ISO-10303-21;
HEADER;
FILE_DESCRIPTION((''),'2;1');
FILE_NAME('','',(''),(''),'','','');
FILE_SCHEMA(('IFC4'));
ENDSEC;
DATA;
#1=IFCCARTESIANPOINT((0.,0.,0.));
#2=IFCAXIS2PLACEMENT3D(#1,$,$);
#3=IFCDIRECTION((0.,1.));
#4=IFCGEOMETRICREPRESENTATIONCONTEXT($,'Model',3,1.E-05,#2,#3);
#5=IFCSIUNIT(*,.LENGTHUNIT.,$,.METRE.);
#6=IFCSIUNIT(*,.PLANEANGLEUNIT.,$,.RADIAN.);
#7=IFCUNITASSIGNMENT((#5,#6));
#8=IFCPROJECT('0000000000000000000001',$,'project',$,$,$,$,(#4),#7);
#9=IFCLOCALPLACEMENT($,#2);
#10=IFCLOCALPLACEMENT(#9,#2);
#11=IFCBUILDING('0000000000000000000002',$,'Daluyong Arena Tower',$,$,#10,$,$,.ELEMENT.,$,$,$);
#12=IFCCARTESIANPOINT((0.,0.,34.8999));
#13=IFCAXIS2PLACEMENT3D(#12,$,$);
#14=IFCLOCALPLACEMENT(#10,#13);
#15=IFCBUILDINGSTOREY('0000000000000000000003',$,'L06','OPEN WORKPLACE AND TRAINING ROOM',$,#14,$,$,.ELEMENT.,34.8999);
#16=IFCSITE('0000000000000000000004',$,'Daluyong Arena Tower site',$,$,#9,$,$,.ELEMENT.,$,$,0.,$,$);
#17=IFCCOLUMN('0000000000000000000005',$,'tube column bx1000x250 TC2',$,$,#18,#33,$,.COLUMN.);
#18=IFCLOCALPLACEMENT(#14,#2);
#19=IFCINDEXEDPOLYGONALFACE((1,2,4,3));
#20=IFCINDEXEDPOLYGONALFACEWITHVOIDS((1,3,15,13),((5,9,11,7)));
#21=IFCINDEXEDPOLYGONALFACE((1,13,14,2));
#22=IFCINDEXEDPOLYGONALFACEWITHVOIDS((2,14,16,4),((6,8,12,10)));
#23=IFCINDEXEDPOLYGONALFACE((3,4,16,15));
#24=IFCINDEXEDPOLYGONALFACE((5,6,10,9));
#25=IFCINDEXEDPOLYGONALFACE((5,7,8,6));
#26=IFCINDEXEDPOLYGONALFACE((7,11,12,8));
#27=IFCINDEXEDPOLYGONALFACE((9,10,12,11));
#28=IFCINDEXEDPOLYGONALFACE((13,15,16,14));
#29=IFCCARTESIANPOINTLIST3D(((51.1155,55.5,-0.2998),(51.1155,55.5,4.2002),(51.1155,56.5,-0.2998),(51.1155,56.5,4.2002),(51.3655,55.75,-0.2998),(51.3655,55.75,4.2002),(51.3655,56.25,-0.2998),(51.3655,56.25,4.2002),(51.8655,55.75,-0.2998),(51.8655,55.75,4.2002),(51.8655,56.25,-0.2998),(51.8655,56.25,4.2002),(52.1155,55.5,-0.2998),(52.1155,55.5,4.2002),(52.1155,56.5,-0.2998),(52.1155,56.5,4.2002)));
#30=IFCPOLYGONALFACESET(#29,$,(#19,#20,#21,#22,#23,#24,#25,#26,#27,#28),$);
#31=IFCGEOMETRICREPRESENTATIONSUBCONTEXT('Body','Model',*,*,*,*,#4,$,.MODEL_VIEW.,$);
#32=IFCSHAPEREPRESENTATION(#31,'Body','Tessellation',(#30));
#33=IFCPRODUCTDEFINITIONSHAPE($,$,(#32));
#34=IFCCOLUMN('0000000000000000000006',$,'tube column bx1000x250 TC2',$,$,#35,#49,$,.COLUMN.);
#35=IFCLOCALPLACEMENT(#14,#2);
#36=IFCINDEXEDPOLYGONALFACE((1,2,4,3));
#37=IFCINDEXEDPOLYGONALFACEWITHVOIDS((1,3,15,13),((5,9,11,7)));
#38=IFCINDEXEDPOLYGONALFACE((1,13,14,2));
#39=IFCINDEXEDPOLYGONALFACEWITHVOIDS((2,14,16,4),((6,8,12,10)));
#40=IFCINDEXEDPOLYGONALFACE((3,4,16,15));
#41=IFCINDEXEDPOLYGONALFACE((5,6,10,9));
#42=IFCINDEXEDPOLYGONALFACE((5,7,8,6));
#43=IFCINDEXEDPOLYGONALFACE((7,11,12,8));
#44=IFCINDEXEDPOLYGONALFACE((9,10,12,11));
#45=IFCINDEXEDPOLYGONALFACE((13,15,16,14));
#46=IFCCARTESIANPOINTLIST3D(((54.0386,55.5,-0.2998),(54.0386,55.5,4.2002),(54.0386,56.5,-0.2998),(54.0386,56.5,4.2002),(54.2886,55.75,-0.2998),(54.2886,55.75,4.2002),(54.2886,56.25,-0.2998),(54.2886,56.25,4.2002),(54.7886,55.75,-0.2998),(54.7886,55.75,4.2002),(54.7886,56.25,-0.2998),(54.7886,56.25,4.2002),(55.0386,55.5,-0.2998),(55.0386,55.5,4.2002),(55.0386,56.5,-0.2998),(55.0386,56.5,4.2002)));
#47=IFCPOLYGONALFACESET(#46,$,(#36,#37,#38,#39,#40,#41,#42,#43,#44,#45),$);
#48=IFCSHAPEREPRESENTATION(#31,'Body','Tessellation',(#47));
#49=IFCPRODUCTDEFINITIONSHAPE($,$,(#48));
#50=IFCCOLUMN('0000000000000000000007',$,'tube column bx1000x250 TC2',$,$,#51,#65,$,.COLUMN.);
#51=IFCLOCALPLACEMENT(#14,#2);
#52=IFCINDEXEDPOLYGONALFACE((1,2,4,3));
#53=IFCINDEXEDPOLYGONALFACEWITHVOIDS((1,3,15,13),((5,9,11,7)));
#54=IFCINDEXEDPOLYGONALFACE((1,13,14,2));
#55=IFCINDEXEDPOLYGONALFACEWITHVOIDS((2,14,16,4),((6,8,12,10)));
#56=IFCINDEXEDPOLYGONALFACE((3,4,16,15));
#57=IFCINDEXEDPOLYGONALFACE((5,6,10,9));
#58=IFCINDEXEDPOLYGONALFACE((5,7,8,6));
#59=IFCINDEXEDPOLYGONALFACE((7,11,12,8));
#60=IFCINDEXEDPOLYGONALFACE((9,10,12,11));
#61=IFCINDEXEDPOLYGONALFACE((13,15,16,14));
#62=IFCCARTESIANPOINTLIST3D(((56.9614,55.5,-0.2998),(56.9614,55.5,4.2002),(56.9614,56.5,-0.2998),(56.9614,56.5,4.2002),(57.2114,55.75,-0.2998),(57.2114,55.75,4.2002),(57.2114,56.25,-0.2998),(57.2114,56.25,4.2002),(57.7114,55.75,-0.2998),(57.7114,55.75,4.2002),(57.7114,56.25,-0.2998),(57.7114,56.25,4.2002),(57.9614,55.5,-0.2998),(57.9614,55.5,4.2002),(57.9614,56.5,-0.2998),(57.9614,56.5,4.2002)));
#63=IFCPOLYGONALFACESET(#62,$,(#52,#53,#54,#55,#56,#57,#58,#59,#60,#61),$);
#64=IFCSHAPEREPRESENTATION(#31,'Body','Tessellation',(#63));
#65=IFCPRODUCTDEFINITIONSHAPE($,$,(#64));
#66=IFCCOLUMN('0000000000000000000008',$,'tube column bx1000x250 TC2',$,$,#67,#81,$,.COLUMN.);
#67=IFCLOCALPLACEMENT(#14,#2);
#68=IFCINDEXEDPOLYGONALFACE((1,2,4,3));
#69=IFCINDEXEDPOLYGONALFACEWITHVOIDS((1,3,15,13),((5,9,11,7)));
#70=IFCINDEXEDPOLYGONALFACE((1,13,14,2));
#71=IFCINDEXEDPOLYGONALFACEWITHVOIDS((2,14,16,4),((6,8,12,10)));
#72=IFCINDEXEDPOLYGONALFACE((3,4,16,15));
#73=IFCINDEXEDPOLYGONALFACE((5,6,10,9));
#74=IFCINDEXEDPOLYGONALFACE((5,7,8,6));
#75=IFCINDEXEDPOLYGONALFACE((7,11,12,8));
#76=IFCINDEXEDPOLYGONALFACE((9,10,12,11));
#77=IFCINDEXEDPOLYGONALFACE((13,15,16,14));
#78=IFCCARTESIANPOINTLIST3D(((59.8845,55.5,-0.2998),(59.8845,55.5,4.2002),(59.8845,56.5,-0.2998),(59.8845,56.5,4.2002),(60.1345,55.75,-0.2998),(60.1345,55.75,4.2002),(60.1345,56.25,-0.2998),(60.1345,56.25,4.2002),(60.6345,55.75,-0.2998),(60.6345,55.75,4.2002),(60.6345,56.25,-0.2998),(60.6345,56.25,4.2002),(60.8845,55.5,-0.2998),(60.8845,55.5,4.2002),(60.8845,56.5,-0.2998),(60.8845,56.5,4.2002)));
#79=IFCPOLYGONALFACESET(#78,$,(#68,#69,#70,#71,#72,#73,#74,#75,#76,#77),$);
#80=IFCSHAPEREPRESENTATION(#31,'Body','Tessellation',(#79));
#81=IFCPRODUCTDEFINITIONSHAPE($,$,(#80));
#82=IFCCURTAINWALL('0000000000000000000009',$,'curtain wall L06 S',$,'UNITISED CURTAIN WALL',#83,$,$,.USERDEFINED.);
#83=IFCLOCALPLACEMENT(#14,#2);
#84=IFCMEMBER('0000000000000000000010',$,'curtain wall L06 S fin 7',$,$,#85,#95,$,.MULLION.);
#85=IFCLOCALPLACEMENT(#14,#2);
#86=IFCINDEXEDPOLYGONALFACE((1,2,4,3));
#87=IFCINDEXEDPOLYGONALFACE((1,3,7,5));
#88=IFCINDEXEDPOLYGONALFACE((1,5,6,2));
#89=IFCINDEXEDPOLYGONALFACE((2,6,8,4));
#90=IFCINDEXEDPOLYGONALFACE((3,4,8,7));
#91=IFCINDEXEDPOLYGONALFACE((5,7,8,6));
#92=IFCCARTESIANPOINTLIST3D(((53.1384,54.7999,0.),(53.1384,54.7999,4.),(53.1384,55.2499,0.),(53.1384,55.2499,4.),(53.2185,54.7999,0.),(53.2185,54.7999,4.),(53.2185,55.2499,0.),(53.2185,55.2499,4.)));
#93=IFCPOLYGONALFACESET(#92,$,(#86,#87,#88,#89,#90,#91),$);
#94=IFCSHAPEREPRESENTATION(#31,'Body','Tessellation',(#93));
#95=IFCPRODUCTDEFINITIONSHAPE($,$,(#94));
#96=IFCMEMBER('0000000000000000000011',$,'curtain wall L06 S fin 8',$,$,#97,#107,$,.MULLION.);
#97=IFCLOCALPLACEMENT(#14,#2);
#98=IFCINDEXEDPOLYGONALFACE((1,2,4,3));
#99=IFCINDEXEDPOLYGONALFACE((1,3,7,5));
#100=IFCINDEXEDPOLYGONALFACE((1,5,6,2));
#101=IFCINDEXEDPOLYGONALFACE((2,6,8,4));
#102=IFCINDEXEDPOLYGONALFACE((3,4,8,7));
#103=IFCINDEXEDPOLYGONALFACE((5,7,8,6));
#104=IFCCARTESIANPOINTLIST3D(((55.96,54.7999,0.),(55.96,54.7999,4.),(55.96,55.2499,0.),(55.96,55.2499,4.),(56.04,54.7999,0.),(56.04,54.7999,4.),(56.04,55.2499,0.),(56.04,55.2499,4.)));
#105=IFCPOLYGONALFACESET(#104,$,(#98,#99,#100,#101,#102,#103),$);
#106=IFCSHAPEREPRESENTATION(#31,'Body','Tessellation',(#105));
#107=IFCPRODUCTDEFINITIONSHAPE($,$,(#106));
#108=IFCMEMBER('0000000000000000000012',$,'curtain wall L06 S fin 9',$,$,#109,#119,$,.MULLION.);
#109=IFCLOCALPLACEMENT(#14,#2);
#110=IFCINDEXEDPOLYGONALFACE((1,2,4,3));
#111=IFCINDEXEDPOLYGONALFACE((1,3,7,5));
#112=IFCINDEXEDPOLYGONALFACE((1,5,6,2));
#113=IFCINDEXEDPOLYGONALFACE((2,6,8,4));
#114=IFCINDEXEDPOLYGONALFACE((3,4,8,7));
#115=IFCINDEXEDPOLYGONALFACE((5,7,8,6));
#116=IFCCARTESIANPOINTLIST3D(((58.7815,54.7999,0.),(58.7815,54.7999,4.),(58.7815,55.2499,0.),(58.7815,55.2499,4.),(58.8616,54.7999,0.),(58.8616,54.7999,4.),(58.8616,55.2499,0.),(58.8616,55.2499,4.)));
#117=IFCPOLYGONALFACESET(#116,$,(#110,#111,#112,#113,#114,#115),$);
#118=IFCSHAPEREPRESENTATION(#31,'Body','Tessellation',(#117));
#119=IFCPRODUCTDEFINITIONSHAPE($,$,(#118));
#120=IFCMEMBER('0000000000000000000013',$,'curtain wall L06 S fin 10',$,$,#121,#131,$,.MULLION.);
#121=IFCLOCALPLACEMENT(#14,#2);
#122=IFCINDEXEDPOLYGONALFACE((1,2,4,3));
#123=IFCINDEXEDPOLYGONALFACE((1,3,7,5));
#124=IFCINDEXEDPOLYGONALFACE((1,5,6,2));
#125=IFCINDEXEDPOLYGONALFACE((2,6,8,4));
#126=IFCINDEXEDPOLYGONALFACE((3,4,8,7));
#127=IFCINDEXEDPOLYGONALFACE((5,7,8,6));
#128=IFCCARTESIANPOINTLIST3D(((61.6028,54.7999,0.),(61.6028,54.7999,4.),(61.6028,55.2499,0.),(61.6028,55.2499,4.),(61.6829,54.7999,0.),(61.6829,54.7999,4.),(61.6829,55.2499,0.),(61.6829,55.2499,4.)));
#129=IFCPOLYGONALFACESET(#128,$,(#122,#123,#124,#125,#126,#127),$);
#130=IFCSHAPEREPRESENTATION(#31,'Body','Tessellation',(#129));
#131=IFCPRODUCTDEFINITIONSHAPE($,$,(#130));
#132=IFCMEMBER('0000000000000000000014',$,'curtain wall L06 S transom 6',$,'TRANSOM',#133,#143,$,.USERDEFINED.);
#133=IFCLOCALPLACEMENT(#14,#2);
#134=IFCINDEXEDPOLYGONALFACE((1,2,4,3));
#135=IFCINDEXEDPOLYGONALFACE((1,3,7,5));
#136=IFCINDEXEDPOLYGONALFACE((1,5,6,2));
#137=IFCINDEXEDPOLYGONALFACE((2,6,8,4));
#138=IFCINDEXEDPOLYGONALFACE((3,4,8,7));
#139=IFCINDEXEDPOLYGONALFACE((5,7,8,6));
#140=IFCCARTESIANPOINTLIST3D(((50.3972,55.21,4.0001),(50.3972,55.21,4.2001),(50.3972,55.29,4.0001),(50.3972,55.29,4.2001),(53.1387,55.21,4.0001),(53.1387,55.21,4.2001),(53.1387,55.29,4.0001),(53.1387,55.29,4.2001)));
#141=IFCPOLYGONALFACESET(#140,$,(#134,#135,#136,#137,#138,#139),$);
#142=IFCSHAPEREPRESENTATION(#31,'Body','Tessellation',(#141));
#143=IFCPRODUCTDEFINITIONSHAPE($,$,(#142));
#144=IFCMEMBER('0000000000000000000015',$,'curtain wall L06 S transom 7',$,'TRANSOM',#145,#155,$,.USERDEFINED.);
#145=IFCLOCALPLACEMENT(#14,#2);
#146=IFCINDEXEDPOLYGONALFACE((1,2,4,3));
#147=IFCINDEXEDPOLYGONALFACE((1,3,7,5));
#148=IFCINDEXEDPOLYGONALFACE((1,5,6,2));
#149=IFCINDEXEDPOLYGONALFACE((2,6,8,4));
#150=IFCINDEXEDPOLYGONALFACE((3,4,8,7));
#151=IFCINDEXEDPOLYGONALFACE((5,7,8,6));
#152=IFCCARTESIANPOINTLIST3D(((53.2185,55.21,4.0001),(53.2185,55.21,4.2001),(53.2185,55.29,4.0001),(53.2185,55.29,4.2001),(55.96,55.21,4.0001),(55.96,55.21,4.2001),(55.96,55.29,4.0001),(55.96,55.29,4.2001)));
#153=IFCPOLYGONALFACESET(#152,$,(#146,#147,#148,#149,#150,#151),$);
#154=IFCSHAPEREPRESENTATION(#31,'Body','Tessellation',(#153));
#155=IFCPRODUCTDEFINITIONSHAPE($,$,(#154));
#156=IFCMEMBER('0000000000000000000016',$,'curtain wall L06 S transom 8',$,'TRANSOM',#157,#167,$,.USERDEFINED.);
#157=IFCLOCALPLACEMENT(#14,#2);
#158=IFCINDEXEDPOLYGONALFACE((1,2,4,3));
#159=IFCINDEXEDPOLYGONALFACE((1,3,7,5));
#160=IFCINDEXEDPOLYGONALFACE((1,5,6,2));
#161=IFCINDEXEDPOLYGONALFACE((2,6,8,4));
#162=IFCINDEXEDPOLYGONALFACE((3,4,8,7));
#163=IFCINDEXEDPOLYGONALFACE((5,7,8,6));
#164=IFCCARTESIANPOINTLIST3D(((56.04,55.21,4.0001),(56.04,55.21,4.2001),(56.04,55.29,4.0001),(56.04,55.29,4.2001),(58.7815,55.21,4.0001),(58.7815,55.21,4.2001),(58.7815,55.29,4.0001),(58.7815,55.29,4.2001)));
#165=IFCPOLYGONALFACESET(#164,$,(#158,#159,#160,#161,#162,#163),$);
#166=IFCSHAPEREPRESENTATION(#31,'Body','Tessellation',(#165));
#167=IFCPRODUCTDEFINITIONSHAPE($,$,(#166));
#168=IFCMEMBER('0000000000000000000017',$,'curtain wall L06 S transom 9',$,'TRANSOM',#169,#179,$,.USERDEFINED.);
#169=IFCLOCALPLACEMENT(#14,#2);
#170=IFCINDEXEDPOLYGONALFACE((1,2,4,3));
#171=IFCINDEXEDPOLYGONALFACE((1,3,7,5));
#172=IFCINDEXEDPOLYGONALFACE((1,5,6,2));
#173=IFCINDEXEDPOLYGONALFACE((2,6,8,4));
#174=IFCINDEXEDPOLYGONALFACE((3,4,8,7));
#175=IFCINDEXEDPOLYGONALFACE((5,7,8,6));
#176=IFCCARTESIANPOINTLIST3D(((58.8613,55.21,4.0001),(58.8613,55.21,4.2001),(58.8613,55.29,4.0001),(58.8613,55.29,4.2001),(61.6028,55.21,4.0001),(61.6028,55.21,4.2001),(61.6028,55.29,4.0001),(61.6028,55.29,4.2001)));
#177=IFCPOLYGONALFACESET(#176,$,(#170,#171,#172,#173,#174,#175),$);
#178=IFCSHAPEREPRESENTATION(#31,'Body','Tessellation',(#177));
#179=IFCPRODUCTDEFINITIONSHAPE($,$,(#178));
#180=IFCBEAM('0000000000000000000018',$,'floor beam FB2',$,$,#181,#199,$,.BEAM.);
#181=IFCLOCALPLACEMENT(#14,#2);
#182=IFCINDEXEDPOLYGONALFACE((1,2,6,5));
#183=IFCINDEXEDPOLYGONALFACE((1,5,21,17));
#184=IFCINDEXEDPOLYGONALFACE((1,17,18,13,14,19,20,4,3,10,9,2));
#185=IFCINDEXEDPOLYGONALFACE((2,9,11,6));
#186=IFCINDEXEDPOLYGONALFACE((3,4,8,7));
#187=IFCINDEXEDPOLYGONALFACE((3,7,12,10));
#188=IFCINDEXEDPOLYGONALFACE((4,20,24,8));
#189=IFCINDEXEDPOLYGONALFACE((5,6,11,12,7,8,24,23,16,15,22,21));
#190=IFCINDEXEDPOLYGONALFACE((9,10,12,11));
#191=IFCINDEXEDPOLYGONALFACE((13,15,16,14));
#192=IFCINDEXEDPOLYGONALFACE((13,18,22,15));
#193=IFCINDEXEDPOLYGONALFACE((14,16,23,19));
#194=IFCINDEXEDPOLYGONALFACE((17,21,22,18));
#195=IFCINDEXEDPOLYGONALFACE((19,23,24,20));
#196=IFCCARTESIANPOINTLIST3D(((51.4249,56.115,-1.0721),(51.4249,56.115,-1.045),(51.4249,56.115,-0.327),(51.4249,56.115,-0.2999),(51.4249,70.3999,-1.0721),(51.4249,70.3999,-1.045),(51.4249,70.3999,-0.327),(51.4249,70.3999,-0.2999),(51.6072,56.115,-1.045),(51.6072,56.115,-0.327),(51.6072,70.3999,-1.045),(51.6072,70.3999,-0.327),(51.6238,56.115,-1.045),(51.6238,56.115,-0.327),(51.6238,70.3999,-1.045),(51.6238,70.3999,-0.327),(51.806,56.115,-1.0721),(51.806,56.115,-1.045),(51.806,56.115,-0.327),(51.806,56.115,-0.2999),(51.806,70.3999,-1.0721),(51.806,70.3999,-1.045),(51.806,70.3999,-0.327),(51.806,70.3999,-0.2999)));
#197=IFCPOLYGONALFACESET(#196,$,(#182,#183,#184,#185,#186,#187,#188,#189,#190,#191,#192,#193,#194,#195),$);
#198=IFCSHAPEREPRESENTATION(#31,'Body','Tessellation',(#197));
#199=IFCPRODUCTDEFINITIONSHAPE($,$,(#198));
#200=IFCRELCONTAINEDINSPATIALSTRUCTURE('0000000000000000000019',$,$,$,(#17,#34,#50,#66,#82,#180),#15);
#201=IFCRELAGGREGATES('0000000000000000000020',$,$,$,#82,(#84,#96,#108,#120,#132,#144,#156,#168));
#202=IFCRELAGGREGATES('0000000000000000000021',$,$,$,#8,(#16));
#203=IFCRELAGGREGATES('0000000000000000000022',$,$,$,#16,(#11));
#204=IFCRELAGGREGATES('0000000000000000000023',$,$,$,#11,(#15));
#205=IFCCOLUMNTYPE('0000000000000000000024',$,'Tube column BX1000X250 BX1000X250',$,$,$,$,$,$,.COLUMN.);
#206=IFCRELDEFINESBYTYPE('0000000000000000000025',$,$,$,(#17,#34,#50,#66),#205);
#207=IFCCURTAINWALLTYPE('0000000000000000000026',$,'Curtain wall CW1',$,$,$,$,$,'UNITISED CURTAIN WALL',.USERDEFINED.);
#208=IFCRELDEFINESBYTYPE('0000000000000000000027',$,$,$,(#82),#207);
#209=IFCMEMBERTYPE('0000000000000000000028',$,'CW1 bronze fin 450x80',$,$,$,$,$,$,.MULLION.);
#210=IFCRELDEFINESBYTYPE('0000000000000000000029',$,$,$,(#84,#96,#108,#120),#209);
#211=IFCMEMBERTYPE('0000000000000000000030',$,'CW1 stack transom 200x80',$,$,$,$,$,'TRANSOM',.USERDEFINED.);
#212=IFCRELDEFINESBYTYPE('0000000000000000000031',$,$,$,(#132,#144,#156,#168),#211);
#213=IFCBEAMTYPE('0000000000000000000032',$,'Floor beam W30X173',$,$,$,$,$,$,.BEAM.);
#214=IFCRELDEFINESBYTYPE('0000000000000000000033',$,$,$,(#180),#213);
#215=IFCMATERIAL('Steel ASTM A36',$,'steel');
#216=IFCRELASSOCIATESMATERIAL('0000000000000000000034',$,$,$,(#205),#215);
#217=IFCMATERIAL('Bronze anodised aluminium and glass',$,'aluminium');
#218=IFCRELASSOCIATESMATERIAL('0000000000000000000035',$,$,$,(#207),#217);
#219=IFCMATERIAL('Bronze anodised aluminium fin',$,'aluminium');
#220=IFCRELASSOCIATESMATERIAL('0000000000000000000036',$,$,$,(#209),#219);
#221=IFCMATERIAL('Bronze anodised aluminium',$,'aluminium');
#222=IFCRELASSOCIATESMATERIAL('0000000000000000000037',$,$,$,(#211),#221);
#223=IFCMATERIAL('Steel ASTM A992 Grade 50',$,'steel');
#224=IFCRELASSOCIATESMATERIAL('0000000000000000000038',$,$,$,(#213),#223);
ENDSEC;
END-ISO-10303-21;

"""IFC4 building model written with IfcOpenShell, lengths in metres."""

from ifc_helpers import new_model, si_unit, direction, frame, origin, origin_2d, place, context, subcontext, project, spatial, rectangle, hollow_rectangle, i_section, extrude, material, material_profile, profile_set, type_object, element, aggregate, save


model = new_model("IFC4")

# Units and contexts
model_context = context("Model", 3, precision=1e-05, world=origin(), true_north=direction((0.0, 1.0)))
body_context = subcontext(model_context, "Body", "Model", "MODEL_VIEW")
ifc_project = project(units=[si_unit("LENGTHUNIT", "METRE"), si_unit("PLANEANGLEUNIT", "RADIAN")], contexts=[model_context])

# Site, building, storey
site_placement = place(None, origin())
site = spatial("IfcSite", under=ifc_project, at=site_placement, Name="Daluyong Arena Tower site", CompositionType="ELEMENT", RefElevation=0.0)
building_placement = place(site_placement, origin())
building = spatial("IfcBuilding", under=site, at=building_placement, Name="Daluyong Arena Tower", CompositionType="ELEMENT")
storey_placement = place(building_placement, frame((0.0, 0.0, 34.8999)))
storey = spatial("IfcBuildingStorey", under=building, at=storey_placement, Name="L06", Description="OPEN WORKPLACE AND TRAINING ROOM", CompositionType="ELEMENT", Elevation=34.8999)

# Columns
ifc_material_1 = material(Name="Steel ASTM A36", Category="steel")
ifc_material_profile_1 = material_profile(ifc_material_1, hollow_rectangle(XDim=1.0, YDim=1.0, WallThickness=0.25, at=origin_2d()))
ifc_profile_set_1 = profile_set([ifc_material_profile_1], Name="Steel ASTM A36")
column_type = type_object("IfcColumnType", Name="Tube column BX1000X250 BX1000X250", PredefinedType="COLUMN", material=ifc_profile_set_1)
for number, where, z_axis, x_axis, name in (
    (1, (51.6155, 56.0, -0.2998), (0.0, 0.0, 1.0), (1.0, 0.0, 0.0), "tube column bx1000x250 TC2"),
    (2, (54.5386, 56.0, -0.2998), (0.0, 0.0, 1.0), (1.0, 0.0, 0.0), "tube column bx1000x250 TC2"),
    (3, (57.4614, 56.0, -0.2998), (0.0, 0.0, 1.0), (1.0, 0.0, 0.0), "tube column bx1000x250 TC2"),
    (4, (60.3845, 56.0, -0.2998), (0.0, 0.0, 1.0), (1.0, 0.0, 0.0), "tube column bx1000x250 TC2"),
):
    element("IfcColumn", number, at=place(storey_placement, frame(where, z_axis=z_axis, x_axis=x_axis)), inside=storey, type_object=column_type, Name=name, PredefinedType="COLUMN", context=body_context, shape_type="SweptSolid", body=[
        extrude(hollow_rectangle(XDim=1.0, YDim=1.0, WallThickness=0.25, at=origin_2d()), origin(), (0.0, 0.0, 1.0), 4.5),
    ])

# Curtain wall, members
ifc_material_2 = material(Name="Bronze anodised aluminium and glass", Category="aluminium")
curtain_wall_type = type_object("IfcCurtainWallType", Name="Curtain wall CW1", ElementType="UNITISED CURTAIN WALL", PredefinedType="USERDEFINED", material=ifc_material_2)
curtain_wall_placement = place(storey_placement, origin())
curtain_wall = element("IfcCurtainWall", 5, at=curtain_wall_placement, inside=storey, type_object=curtain_wall_type, Name="curtain wall L06 S", ObjectType="UNITISED CURTAIN WALL", PredefinedType="USERDEFINED")
ifc_material_3 = material(Name="Bronze anodised aluminium fin", Category="aluminium")
ifc_material_profile_2 = material_profile(ifc_material_3, rectangle(XDim=0.45, YDim=0.0801, at=origin_2d()))
ifc_profile_set_2 = profile_set([ifc_material_profile_2], Name="Bronze anodised aluminium fin")
member_type_1 = type_object("IfcMemberType", Name="CW1 bronze fin 450x80", PredefinedType="MULLION", material=ifc_profile_set_2)
member_1_placement = place(storey_placement, frame((53.1785, 55.0249, 0.0), z_axis=(0.0, 0.0, 1.0), x_axis=(0.0, 1.0, 0.0)))
member_1 = element("IfcMember", 6, at=member_1_placement, type_object=member_type_1, Name="curtain wall L06 S fin 7", PredefinedType="MULLION", context=body_context, shape_type="SweptSolid", body=[
    extrude(rectangle(XDim=0.45, YDim=0.0801, at=origin_2d()), origin(), (0.0, 0.0, 1.0), 4.0),
])
member_2_placement = place(storey_placement, frame((56.0, 55.0249, 0.0), z_axis=(0.0, 0.0, 1.0), x_axis=(0.0, 1.0, 0.0)))
member_2 = element("IfcMember", 7, at=member_2_placement, type_object=member_type_1, Name="curtain wall L06 S fin 8", PredefinedType="MULLION", context=body_context, shape_type="SweptSolid", body=[
    extrude(rectangle(XDim=0.45, YDim=0.0801, at=origin_2d()), origin(), (0.0, 0.0, 1.0), 4.0),
])
member_3_placement = place(storey_placement, frame((58.8215, 55.0249, 0.0), z_axis=(0.0, 0.0, 1.0), x_axis=(0.0, 1.0, 0.0)))
member_3 = element("IfcMember", 8, at=member_3_placement, type_object=member_type_1, Name="curtain wall L06 S fin 9", PredefinedType="MULLION", context=body_context, shape_type="SweptSolid", body=[
    extrude(rectangle(XDim=0.45, YDim=0.0801, at=origin_2d()), origin(), (0.0, 0.0, 1.0), 4.0),
])
member_4_placement = place(storey_placement, frame((61.6428, 55.0249, 0.0), z_axis=(0.0, 0.0, 1.0), x_axis=(0.0, 1.0, 0.0)))
member_4 = element("IfcMember", 9, at=member_4_placement, type_object=member_type_1, Name="curtain wall L06 S fin 10", PredefinedType="MULLION", context=body_context, shape_type="SweptSolid", body=[
    extrude(rectangle(XDim=0.45, YDim=0.0801, at=origin_2d()), origin(), (0.0, 0.0, 1.0), 4.0),
])
ifc_material_4 = material(Name="Bronze anodised aluminium", Category="aluminium")
ifc_material_profile_3 = material_profile(ifc_material_4, rectangle(XDim=0.0801, YDim=0.2, at=origin_2d()))
ifc_profile_set_3 = profile_set([ifc_material_profile_3], Name="Bronze anodised aluminium")
member_type_2 = type_object("IfcMemberType", Name="CW1 stack transom 200x80", ElementType="TRANSOM", PredefinedType="USERDEFINED", material=ifc_profile_set_3)
member_5_placement = place(storey_placement, frame((50.3972, 55.25, 4.1001), z_axis=(1.0, 0.0, 0.0), x_axis=(0.0, 1.0, 0.0)))
member_5 = element("IfcMember", 10, at=member_5_placement, type_object=member_type_2, Name="curtain wall L06 S transom 6", ObjectType="TRANSOM", PredefinedType="USERDEFINED", context=body_context, shape_type="SweptSolid", body=[
    extrude(rectangle(XDim=0.0801, YDim=0.2, at=origin_2d()), origin(), (0.0, 0.0, 1.0), 2.7415),
])
member_6_placement = place(storey_placement, frame((53.2185, 55.25, 4.1001), z_axis=(1.0, 0.0, 0.0), x_axis=(0.0, 1.0, 0.0)))
member_6 = element("IfcMember", 11, at=member_6_placement, type_object=member_type_2, Name="curtain wall L06 S transom 7", ObjectType="TRANSOM", PredefinedType="USERDEFINED", context=body_context, shape_type="SweptSolid", body=[
    extrude(rectangle(XDim=0.0801, YDim=0.2, at=origin_2d()), origin(), (0.0, 0.0, 1.0), 2.7415),
])
member_7_placement = place(storey_placement, frame((56.04, 55.25, 4.1001), z_axis=(1.0, 0.0, 0.0), x_axis=(0.0, 1.0, 0.0)))
member_7 = element("IfcMember", 12, at=member_7_placement, type_object=member_type_2, Name="curtain wall L06 S transom 8", ObjectType="TRANSOM", PredefinedType="USERDEFINED", context=body_context, shape_type="SweptSolid", body=[
    extrude(rectangle(XDim=0.0801, YDim=0.2, at=origin_2d()), origin(), (0.0, 0.0, 1.0), 2.7415),
])
member_8_placement = place(storey_placement, frame((58.8613, 55.25, 4.1001), z_axis=(1.0, 0.0, 0.0), x_axis=(0.0, 1.0, 0.0)))
member_8 = element("IfcMember", 13, at=member_8_placement, type_object=member_type_2, Name="curtain wall L06 S transom 9", ObjectType="TRANSOM", PredefinedType="USERDEFINED", context=body_context, shape_type="SweptSolid", body=[
    extrude(rectangle(XDim=0.0801, YDim=0.2, at=origin_2d()), origin(), (0.0, 0.0, 1.0), 2.7415),
])

# Beam
ifc_material_5 = material(Name="Steel ASTM A992 Grade 50", Category="steel")
ifc_material_profile_4 = material_profile(ifc_material_5, i_section(OverallWidth=0.3811, OverallDepth=0.7722, WebThickness=0.0166, FlangeThickness=0.0271, at=origin_2d()))
ifc_profile_set_4 = profile_set([ifc_material_profile_4], Name="Steel ASTM A992 Grade 50")
beam_type = type_object("IfcBeamType", Name="Floor beam W30X173", PredefinedType="BEAM", material=ifc_profile_set_4)
for number, where, z_axis, x_axis, name in (
    (14, (51.6155, 56.115, -0.686), (0.0, 1.0, 0.0), (-1.0, 0.0, 0.0), "floor beam FB2"),
):
    element("IfcBeam", number, at=place(storey_placement, frame(where, z_axis=z_axis, x_axis=x_axis)), inside=storey, type_object=beam_type, Name=name, PredefinedType="BEAM", context=body_context, shape_type="SweptSolid", body=[
        extrude(i_section(OverallWidth=0.3811, OverallDepth=0.7722, WebThickness=0.0166, FlangeThickness=0.0271, at=origin_2d()), origin(), (0.0, 0.0, 1.0), 14.2849),
    ])

aggregate(curtain_wall, [member_1, member_2, member_3, member_4, member_5, member_6, member_7, member_8])

save(model, "model.ifc")
